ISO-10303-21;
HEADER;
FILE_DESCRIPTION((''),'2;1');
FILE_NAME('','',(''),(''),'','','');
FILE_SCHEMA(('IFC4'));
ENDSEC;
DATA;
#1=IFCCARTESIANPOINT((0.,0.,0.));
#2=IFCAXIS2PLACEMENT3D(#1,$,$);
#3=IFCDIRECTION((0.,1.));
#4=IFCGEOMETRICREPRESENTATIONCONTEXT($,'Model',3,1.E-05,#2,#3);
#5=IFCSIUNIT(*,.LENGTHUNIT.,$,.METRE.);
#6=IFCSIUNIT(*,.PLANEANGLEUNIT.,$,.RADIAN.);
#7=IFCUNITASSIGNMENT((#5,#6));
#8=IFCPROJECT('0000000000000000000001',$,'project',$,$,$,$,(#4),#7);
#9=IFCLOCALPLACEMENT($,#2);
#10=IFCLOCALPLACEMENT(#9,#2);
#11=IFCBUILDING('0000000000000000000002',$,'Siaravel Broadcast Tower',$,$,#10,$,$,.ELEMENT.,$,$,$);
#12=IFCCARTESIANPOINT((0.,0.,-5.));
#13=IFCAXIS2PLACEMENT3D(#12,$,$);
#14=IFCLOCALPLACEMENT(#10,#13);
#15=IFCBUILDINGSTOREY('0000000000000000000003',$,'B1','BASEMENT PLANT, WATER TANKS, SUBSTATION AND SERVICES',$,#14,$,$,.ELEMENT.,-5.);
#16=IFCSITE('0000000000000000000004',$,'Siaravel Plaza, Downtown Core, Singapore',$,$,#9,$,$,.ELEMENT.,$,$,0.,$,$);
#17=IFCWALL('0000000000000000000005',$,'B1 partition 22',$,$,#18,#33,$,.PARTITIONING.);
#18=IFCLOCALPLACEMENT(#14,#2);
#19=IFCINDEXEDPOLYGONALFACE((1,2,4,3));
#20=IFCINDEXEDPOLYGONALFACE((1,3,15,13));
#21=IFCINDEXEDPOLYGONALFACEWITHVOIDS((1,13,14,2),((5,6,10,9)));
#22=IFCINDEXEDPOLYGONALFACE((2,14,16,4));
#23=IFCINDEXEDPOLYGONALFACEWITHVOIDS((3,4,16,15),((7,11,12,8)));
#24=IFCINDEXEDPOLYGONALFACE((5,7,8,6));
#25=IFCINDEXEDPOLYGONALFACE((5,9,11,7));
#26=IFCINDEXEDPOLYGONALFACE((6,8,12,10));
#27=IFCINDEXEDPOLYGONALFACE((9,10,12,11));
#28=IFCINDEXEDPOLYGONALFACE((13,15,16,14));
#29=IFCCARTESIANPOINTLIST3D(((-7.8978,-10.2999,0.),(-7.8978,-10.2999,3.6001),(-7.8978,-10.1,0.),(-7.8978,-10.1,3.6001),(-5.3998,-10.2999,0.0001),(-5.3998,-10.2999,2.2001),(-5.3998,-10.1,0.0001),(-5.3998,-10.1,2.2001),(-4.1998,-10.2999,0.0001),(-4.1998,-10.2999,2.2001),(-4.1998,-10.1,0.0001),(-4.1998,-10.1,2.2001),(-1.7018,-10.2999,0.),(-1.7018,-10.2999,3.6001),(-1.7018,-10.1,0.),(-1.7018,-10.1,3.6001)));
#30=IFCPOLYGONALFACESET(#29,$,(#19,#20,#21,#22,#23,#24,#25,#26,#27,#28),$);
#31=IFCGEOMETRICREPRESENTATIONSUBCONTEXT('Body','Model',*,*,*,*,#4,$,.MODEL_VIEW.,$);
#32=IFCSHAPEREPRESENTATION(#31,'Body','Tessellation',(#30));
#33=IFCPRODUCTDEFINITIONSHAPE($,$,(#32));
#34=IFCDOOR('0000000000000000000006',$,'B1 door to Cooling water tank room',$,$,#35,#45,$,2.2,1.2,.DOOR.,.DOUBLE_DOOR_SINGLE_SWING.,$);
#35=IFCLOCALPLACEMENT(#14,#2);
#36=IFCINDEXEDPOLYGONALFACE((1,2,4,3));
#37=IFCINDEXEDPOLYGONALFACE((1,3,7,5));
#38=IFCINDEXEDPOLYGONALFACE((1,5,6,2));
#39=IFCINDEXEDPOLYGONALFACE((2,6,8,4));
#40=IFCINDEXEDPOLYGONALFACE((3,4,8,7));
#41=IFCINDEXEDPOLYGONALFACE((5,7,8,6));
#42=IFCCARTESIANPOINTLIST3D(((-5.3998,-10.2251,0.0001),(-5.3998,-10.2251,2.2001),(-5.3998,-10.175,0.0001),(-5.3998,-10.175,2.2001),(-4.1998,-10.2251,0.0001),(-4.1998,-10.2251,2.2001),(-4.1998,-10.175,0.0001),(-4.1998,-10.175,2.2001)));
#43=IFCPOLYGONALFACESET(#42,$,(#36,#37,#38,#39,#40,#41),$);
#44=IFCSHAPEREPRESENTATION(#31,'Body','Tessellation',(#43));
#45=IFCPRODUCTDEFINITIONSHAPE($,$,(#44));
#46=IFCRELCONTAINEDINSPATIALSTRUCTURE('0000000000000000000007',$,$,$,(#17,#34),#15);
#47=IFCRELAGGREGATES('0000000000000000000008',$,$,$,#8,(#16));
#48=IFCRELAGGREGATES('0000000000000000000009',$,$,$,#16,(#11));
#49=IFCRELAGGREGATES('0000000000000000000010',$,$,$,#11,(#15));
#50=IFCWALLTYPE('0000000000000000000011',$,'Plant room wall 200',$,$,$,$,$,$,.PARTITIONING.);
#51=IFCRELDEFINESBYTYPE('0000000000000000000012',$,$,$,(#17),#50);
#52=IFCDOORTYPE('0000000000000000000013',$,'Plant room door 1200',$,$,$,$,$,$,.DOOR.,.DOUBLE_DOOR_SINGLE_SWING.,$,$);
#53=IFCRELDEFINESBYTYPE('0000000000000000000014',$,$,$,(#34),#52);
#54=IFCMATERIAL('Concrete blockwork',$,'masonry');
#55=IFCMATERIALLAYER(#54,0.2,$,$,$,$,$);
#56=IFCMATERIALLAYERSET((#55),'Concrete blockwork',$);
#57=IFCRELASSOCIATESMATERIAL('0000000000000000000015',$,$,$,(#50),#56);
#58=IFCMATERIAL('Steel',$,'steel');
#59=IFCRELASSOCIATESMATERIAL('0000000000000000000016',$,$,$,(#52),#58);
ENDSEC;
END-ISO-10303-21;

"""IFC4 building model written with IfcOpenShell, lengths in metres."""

from ifc_helpers import new_model, si_unit, direction, frame, frame_2d, origin, place, context, subcontext, project, spatial, rectangle, extrude, material, layer, layer_set, type_object, element, fill, save


model = new_model("IFC4")

# Units and contexts
model_context = context("Model", 3, precision=1e-05, world=origin(), true_north=direction((0.0, 1.0)))
body_context = subcontext(model_context, "Body", "Model", "MODEL_VIEW")
ifc_project = project(units=[si_unit("LENGTHUNIT", "METRE"), si_unit("PLANEANGLEUNIT", "RADIAN")], contexts=[model_context])

# Site, building, storey
site_placement = place(None, origin())
site = spatial("IfcSite", under=ifc_project, at=site_placement, Name="Siaravel Plaza, Downtown Core, Singapore", CompositionType="ELEMENT", RefElevation=0.0)
building_placement = place(site_placement, origin())
building = spatial("IfcBuilding", under=site, at=building_placement, Name="Siaravel Broadcast Tower", CompositionType="ELEMENT")
storey_placement = place(building_placement, frame((0.0, 0.0, -5.0)))
storey = spatial("IfcBuildingStorey", under=building, at=storey_placement, Name="B1", Description="BASEMENT PLANT, WATER TANKS, SUBSTATION AND SERVICES", CompositionType="ELEMENT", Elevation=-5.0)

# Shared definitions
ifc_material_1 = material(Name="Steel", Category="steel")

# Shared definitions
ifc_material_2 = material(Name="Concrete blockwork", Category="masonry")
ifc_layer_1 = layer(ifc_material_2, 0.2)
ifc_layer_set_1 = layer_set([ifc_layer_1], Name="Concrete blockwork")
wall_type_1 = type_object("IfcWallType", Name="Plant room wall 200", PredefinedType="PARTITIONING", material=ifc_layer_set_1)

# Wall, opening, door
wall_1_placement = place(storey_placement, frame((-7.8979, -10.2, 0.0), z_axis=(0.0, 0.0, 1.0), x_axis=(1.0, 0.0, 0.0)))
wall_1 = element("IfcWall", 1, at=wall_1_placement, inside=storey, type_object=wall_type_1, Name="B1 partition 22", PredefinedType="PARTITIONING", context=body_context, shape_type="SweptSolid", body=[
    extrude(rectangle(XDim=6.196, YDim=0.2, at=frame_2d((3.0981, 0.0))), origin(), (0.0, 0.0, 1.0), 3.6001),
])
opening_1_placement = place(wall_1_placement, frame((2.498, 0.0, 0.0)))
opening_1 = element("IfcOpeningElement", 2, at=opening_1_placement, cuts=wall_1, PredefinedType="OPENING", context=body_context, shape_type="SweptSolid", body=[
    extrude(rectangle(XDim=1.2, YDim=2.2, at=frame_2d((0.6001, 1.1001))), frame((0.0, 0.1099, 0.0), z_axis=(0.0, -1.0, 0.0), x_axis=(1.0, 0.0, 0.0)), (0.0, 0.0, 1.0), 0.22),
])
door_type_1 = type_object("IfcDoorType", Name="Plant room door 1200", OperationType="DOUBLE_DOOR_SINGLE_SWING", PredefinedType="DOOR", material=ifc_material_1)
door_1_placement = place(opening_1_placement, origin())
door_1 = element("IfcDoor", 3, at=door_1_placement, inside=storey, type_object=door_type_1, Name="B1 door to Cooling water tank room", OperationType="DOUBLE_DOOR_SINGLE_SWING", OverallHeight=2.2, OverallWidth=1.2, PredefinedType="DOOR", context=body_context, shape_type="SweptSolid", body=[
    extrude(rectangle(XDim=1.2, YDim=2.2, at=frame_2d((0.6001, 1.1001))), frame((0.0, 0.0249, 0.0), z_axis=(0.0, -1.0, 0.0), x_axis=(1.0, 0.0, 0.0)), (0.0, 0.0, 1.0), 0.05),
])
fill(opening_1, door_1)

save(model, "model.ifc")
